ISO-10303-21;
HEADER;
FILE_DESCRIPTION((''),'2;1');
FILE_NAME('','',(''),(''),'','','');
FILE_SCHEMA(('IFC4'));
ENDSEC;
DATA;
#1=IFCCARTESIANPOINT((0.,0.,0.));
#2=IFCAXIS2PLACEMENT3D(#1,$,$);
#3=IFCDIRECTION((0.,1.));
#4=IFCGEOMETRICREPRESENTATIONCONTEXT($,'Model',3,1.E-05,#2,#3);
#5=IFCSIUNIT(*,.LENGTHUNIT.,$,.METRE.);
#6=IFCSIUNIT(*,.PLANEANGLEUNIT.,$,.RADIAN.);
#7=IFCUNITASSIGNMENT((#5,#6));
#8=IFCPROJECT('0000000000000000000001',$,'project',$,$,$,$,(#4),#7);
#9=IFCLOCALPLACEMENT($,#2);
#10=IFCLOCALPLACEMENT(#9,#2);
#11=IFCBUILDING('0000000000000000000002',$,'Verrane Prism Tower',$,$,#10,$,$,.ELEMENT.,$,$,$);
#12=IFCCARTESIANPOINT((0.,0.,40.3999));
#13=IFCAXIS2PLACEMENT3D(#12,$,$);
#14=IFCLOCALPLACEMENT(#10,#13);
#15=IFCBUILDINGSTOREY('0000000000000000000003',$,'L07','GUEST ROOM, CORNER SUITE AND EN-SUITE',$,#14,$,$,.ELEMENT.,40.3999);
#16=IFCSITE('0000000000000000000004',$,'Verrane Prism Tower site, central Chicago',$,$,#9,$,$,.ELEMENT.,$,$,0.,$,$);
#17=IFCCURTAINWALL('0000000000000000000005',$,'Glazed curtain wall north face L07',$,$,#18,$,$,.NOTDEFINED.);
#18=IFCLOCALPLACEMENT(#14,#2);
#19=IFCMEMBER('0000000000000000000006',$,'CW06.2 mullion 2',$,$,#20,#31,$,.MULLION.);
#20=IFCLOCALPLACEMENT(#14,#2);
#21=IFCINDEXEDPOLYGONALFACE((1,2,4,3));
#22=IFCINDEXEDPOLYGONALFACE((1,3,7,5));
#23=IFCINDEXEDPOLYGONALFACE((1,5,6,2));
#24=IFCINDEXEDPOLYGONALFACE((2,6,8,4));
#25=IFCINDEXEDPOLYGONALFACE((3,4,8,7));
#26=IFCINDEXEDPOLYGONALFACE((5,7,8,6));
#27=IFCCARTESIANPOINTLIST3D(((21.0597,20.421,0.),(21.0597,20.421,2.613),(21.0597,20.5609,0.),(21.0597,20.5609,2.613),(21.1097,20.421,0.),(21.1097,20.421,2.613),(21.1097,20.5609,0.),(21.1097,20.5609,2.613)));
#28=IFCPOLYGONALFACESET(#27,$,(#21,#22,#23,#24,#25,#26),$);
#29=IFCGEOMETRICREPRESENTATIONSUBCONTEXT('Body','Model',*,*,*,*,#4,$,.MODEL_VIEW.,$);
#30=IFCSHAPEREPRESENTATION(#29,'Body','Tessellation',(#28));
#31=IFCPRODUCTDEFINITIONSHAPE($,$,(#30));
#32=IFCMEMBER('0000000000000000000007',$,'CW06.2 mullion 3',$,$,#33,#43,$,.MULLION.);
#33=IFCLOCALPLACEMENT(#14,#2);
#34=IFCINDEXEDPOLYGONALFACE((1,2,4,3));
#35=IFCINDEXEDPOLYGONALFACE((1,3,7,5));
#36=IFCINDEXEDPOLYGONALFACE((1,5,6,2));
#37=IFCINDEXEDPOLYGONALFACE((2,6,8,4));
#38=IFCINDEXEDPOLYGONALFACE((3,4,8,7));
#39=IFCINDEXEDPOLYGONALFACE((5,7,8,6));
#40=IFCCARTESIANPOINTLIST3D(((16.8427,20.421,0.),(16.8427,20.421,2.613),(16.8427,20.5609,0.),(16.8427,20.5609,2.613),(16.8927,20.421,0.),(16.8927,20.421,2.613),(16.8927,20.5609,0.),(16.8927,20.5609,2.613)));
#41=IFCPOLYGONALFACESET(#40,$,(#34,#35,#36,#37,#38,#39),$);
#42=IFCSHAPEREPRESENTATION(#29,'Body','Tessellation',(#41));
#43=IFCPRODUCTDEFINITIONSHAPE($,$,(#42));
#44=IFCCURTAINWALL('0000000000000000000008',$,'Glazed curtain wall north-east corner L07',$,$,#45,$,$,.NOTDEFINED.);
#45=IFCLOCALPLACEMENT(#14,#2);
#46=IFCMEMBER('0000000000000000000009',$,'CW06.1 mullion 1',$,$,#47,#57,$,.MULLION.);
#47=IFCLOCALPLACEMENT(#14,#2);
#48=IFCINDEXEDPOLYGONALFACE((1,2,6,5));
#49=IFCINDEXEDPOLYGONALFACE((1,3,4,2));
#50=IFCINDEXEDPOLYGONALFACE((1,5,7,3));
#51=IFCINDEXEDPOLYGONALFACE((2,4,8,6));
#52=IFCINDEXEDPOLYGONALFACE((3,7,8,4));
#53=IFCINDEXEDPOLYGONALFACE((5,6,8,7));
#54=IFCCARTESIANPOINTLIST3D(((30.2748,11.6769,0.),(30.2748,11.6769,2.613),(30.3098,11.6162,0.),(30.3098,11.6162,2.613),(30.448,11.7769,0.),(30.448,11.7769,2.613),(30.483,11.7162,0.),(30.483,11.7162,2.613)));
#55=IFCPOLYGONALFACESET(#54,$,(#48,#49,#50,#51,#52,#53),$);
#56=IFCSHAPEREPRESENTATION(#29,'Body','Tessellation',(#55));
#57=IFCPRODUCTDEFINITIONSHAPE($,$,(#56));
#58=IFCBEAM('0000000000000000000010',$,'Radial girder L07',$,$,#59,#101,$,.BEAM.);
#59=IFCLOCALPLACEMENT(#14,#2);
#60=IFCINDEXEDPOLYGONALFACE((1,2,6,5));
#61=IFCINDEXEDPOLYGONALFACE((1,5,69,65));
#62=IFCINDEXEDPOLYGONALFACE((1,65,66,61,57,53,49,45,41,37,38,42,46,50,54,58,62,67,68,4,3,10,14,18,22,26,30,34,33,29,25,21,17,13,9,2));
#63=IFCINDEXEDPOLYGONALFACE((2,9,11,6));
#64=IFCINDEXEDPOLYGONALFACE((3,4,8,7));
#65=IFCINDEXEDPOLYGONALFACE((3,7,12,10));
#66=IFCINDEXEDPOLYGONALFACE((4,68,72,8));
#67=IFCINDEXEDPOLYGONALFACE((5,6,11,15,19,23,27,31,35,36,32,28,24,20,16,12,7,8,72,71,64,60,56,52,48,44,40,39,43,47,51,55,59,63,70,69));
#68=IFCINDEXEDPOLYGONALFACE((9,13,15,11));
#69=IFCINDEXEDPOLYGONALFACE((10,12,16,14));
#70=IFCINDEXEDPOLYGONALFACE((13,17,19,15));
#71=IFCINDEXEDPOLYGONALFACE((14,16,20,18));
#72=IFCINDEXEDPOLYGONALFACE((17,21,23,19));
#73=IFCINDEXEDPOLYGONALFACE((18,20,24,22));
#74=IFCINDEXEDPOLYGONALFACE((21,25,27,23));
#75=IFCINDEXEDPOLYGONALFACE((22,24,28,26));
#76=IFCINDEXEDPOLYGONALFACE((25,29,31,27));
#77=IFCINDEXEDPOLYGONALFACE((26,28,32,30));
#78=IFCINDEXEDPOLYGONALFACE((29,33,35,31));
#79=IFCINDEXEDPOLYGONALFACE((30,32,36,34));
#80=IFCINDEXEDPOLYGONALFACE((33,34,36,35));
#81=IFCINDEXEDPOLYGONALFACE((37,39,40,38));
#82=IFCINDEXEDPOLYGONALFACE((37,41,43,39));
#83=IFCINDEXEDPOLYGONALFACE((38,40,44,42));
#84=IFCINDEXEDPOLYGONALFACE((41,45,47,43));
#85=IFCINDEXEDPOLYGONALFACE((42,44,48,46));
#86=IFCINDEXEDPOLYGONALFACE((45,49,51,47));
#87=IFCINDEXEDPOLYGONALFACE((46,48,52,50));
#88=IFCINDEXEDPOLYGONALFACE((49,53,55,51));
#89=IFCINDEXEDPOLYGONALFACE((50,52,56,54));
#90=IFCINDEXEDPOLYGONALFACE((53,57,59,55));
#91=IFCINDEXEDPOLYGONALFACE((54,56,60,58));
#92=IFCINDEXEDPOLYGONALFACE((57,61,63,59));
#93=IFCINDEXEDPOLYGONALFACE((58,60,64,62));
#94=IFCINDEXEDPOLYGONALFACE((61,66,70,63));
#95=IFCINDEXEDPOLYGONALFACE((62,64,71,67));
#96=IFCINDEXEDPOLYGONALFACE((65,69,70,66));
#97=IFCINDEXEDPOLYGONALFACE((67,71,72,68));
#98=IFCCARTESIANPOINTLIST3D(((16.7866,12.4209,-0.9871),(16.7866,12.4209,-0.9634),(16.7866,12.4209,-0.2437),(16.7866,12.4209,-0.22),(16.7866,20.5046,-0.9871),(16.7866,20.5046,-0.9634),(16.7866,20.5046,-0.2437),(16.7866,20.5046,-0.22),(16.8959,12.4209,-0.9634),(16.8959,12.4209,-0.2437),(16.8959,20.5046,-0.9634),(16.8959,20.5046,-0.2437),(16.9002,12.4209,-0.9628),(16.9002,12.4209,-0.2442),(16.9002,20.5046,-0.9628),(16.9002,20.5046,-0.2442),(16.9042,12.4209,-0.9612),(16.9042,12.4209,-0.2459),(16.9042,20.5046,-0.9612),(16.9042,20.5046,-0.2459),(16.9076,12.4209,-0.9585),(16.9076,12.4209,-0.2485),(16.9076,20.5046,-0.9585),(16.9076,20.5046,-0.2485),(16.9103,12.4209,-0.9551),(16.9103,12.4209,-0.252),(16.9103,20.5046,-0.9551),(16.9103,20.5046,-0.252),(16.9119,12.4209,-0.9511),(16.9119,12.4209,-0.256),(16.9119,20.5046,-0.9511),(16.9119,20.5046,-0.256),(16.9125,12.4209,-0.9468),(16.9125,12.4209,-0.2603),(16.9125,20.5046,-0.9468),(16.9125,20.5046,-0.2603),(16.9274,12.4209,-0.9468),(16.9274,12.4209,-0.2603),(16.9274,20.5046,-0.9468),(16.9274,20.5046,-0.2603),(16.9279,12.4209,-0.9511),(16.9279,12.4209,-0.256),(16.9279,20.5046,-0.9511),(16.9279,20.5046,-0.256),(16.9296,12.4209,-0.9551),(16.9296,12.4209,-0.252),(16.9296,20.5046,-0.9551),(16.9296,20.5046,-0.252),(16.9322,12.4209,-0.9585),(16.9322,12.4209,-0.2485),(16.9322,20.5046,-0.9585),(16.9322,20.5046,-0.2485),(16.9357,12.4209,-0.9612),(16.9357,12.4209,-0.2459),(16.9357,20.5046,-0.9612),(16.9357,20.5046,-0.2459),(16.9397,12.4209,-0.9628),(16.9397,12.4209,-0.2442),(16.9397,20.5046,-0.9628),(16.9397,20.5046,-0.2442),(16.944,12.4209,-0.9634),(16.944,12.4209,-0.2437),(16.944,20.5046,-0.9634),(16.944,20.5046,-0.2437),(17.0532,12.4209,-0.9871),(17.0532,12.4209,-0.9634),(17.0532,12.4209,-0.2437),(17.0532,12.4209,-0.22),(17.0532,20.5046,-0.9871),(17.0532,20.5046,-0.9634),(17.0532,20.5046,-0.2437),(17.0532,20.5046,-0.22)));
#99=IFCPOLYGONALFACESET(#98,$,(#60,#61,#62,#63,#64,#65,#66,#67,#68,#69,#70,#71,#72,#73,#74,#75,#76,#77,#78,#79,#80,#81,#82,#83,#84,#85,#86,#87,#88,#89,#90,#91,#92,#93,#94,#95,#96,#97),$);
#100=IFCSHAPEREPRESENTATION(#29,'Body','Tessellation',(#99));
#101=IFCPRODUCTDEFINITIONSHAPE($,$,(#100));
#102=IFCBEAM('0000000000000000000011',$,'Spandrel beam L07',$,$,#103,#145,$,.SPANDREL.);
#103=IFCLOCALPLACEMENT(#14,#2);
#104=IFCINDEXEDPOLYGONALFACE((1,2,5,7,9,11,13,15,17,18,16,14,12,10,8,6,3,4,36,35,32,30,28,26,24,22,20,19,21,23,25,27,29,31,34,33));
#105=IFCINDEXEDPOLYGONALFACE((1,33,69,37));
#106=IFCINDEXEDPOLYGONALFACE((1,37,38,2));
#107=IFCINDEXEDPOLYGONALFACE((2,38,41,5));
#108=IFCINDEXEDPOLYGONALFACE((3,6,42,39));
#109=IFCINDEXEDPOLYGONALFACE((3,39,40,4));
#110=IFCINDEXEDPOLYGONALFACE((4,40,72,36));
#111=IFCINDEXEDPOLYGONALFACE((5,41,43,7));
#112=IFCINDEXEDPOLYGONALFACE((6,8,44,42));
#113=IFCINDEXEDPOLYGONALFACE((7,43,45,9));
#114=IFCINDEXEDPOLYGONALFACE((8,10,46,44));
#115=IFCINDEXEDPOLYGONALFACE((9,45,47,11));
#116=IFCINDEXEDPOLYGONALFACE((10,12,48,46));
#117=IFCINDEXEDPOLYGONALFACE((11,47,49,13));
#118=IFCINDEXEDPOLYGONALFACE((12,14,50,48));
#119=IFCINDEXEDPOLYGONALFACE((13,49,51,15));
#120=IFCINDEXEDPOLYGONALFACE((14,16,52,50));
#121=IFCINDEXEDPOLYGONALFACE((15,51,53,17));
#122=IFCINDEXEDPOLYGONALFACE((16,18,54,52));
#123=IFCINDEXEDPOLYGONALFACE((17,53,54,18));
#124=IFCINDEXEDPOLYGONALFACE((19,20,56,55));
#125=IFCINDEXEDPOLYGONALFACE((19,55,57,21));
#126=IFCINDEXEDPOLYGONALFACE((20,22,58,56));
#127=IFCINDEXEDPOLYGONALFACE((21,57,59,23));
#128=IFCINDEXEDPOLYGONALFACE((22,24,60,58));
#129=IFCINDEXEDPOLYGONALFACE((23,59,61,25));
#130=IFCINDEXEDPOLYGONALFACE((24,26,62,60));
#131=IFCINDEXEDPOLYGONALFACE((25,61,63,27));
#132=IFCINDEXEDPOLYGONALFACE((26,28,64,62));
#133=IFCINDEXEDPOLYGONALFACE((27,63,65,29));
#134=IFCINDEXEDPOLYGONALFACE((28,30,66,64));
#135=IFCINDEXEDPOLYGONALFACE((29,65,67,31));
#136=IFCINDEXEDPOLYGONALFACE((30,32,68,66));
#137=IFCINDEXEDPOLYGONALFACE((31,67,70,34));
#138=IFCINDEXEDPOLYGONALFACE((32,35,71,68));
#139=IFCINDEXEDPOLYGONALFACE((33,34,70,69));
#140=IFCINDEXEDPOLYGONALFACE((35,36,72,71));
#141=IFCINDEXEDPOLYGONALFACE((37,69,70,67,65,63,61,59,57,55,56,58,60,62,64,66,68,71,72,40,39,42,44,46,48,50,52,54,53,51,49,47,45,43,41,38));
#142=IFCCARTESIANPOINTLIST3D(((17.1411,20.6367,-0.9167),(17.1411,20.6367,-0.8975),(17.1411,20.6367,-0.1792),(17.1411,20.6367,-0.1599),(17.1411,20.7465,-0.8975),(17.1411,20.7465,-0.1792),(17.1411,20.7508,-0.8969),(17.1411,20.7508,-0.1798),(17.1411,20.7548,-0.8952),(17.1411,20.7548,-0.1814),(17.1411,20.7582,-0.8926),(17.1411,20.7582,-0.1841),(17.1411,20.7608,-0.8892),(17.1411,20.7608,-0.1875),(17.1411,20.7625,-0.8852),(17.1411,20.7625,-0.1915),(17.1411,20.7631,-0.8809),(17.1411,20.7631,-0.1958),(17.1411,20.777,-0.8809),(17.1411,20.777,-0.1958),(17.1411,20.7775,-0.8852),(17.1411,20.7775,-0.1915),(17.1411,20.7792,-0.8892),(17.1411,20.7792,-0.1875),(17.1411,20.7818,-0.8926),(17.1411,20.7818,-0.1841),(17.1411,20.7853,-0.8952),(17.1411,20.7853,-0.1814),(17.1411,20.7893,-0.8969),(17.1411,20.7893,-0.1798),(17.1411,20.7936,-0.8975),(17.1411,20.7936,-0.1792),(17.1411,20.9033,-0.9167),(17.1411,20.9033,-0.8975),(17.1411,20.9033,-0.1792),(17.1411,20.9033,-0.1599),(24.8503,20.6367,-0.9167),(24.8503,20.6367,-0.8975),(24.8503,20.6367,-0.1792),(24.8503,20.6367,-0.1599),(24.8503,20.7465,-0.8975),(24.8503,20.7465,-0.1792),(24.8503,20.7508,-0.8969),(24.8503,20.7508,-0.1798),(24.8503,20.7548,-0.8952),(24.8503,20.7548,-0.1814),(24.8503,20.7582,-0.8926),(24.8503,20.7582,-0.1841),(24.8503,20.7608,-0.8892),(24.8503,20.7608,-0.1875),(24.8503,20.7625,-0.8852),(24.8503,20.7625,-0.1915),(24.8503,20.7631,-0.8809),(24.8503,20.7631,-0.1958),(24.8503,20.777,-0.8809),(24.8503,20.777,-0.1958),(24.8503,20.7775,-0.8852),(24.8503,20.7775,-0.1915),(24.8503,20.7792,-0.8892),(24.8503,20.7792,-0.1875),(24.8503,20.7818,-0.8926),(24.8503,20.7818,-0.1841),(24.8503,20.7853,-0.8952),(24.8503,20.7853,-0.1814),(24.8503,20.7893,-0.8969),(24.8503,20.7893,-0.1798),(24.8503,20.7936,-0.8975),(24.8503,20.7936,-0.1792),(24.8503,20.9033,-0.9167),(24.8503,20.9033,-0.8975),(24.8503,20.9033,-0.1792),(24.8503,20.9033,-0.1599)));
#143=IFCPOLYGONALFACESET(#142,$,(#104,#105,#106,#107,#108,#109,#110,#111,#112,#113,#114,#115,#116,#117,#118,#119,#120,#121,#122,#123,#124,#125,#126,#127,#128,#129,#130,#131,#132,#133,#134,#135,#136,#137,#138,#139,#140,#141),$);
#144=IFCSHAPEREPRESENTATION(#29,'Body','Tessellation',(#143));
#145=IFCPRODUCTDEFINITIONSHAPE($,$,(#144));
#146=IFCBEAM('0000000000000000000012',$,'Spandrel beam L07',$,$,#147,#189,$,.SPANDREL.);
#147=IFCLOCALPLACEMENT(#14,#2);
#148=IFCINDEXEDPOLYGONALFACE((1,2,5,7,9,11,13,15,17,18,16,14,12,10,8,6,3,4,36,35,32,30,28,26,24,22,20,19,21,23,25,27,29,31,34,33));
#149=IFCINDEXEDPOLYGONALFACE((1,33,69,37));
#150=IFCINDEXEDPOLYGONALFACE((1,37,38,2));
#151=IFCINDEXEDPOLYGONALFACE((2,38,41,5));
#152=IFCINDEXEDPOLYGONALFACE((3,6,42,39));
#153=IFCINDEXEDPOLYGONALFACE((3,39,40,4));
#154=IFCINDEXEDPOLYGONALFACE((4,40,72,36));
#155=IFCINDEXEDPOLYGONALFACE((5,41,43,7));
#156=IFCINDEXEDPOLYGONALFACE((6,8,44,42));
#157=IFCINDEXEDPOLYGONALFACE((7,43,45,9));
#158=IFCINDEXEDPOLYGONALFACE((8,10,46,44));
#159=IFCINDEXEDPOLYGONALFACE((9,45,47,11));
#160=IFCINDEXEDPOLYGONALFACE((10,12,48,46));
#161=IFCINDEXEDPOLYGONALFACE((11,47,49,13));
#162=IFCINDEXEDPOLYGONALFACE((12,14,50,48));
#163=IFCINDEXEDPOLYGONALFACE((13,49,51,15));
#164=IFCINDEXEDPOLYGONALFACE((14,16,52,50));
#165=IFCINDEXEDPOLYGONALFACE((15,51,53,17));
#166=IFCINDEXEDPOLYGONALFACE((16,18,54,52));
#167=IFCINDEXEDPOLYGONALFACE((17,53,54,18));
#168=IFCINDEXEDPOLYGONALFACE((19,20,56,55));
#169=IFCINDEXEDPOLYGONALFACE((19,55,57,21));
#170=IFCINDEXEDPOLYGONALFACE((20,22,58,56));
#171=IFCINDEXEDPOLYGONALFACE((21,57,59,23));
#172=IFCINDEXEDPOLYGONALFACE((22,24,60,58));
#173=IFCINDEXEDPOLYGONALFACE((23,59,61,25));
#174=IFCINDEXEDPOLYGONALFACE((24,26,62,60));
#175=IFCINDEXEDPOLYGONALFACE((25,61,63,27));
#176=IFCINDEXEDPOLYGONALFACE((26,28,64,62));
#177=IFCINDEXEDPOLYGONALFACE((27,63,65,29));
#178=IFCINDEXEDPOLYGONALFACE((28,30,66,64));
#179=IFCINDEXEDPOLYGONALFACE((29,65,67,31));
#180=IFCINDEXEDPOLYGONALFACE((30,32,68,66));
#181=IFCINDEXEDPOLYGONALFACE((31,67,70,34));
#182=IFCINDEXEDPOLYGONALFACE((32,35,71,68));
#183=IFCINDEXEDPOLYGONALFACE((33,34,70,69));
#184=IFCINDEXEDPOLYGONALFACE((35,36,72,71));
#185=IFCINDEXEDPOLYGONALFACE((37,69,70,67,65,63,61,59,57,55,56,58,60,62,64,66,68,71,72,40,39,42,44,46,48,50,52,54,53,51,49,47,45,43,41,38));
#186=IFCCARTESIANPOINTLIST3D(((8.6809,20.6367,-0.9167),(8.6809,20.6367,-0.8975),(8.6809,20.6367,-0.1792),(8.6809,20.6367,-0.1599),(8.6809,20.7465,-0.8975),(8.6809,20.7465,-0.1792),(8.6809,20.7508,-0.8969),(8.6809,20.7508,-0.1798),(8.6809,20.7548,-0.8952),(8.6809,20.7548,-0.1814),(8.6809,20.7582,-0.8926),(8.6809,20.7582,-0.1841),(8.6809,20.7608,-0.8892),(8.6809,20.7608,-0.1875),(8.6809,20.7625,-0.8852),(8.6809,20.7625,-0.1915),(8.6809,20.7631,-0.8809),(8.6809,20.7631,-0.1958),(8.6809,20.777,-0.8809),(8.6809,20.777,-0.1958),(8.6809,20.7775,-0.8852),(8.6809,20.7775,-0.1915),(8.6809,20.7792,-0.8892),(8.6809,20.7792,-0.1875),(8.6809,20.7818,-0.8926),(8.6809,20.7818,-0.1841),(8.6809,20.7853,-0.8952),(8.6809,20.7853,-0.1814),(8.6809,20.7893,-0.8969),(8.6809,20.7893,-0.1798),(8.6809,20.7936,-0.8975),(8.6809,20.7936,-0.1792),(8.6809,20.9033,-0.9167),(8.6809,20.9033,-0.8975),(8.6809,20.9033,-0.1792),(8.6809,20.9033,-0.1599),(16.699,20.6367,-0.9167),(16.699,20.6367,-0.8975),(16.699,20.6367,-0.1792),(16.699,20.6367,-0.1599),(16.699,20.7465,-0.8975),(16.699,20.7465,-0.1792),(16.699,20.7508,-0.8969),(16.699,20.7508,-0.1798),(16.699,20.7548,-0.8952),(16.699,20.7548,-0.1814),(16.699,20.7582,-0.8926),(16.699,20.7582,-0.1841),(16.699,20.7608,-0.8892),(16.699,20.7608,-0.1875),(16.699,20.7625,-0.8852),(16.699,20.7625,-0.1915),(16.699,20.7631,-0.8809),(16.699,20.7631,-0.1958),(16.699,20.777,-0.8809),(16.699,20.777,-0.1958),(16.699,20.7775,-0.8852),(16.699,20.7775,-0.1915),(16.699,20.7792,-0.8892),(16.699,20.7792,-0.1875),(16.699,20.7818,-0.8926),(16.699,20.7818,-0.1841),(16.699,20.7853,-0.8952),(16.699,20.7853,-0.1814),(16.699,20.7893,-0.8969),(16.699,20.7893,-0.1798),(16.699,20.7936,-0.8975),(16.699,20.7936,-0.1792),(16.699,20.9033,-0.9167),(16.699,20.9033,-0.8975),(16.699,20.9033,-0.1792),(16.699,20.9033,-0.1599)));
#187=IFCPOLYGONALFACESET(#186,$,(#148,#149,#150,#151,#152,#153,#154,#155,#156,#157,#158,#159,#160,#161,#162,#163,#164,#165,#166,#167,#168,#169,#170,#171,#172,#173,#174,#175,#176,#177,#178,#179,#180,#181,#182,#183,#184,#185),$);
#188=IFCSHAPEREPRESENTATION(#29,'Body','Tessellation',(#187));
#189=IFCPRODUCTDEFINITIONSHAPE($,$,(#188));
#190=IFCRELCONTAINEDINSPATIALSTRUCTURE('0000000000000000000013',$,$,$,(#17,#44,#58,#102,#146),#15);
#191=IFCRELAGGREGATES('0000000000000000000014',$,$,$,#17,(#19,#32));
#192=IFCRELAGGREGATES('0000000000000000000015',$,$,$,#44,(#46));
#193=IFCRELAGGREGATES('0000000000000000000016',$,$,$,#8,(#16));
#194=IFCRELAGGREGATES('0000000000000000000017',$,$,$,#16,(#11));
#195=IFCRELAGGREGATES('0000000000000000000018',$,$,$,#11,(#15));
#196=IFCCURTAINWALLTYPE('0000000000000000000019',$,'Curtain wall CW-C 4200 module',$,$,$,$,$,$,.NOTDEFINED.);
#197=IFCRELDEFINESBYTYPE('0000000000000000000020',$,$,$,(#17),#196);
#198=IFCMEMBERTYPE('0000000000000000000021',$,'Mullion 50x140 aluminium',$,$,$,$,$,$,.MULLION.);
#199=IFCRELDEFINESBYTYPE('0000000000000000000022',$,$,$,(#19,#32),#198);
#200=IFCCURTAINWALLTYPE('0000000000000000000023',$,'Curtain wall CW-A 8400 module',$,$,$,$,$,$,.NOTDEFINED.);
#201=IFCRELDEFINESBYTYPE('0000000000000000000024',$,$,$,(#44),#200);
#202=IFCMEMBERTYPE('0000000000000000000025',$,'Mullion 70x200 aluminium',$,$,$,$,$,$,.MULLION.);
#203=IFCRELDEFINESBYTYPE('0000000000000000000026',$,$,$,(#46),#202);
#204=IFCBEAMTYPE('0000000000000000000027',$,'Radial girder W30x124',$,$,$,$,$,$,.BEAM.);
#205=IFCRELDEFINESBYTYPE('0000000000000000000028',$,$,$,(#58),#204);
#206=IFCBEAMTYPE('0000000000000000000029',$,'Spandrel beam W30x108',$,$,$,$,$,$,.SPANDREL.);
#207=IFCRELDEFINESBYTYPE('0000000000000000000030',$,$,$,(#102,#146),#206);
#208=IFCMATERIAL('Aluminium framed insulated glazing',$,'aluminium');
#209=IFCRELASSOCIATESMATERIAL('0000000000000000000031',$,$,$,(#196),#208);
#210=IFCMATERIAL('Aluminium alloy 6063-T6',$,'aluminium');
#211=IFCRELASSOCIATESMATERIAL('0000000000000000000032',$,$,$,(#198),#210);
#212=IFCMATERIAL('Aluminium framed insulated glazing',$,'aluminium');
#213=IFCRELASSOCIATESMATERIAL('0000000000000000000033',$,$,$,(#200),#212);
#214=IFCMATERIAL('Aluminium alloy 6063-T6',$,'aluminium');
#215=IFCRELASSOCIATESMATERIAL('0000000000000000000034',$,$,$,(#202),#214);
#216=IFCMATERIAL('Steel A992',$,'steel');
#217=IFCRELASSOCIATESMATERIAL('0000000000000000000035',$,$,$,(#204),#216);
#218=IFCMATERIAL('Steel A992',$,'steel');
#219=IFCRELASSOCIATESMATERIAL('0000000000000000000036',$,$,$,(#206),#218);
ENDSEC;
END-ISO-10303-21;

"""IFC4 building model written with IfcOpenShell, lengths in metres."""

from ifc_helpers import new_model, si_unit, direction, frame, origin, origin_2d, place, context, subcontext, project, spatial, rectangle, i_section, extrude, material, material_profile, profile_set, type_object, element, aggregate, save


model = new_model("IFC4")

# Units and contexts
model_context = context("Model", 3, precision=1e-05, world=origin(), true_north=direction((0.0, 1.0)))
body_context = subcontext(model_context, "Body", "Model", "MODEL_VIEW")
ifc_project = project(units=[si_unit("LENGTHUNIT", "METRE"), si_unit("PLANEANGLEUNIT", "RADIAN")], contexts=[model_context])

# Site, building, storey
site_placement = place(None, origin())
site = spatial("IfcSite", under=ifc_project, at=site_placement, Name="Verrane Prism Tower site, central Chicago", CompositionType="ELEMENT", RefElevation=0.0)
building_placement = place(site_placement, origin())
building = spatial("IfcBuilding", under=site, at=building_placement, Name="Verrane Prism Tower", CompositionType="ELEMENT")
storey_placement = place(building_placement, frame((0.0, 0.0, 40.3999)))
storey = spatial("IfcBuildingStorey", under=building, at=storey_placement, Name="L07", Description="GUEST ROOM, CORNER SUITE AND EN-SUITE", CompositionType="ELEMENT", Elevation=40.3999)

# Curtain wall, members
ifc_material_1 = material(Name="Aluminium framed insulated glazing", Category="aluminium")
curtain_wall_type_1 = type_object("IfcCurtainWallType", Name="Curtain wall CW-C 4200 module", PredefinedType="NOTDEFINED", material=ifc_material_1)
curtain_wall_1_placement = place(storey_placement, origin())
curtain_wall_1 = element("IfcCurtainWall", 1, at=curtain_wall_1_placement, inside=storey, type_object=curtain_wall_type_1, Name="Glazed curtain wall north face L07", PredefinedType="NOTDEFINED")
ifc_material_2 = material(Name="Aluminium alloy 6063-T6", Category="aluminium")
ifc_material_profile_1 = material_profile(ifc_material_2, rectangle(XDim=0.1399, YDim=0.05, at=origin_2d()), Name="Mullion 50x140 aluminium")
ifc_profile_set_1 = profile_set([ifc_material_profile_1], Name="Aluminium alloy 6063-T6")
member_type_1 = type_object("IfcMemberType", Name="Mullion 50x140 aluminium", PredefinedType="MULLION", material=ifc_profile_set_1)
member_1_placement = place(storey_placement, frame((21.0847, 20.491, 0.0), z_axis=(0.0, 0.0, 1.0), x_axis=(0.0, -1.0, 0.0)))
member_1 = element("IfcMember", 2, at=member_1_placement, type_object=member_type_1, Name="CW06.2 mullion 2", PredefinedType="MULLION", context=body_context, shape_type="SweptSolid", body=[
    extrude(rectangle(XDim=0.1399, YDim=0.05, at=origin_2d()), origin(), (0.0, 0.0, 1.0), 2.613),
])
member_2_placement = place(storey_placement, frame((16.8677, 20.491, 0.0), z_axis=(0.0, 0.0, 1.0), x_axis=(0.0, -1.0, 0.0)))
member_2 = element("IfcMember", 3, at=member_2_placement, type_object=member_type_1, Name="CW06.2 mullion 3", PredefinedType="MULLION", context=body_context, shape_type="SweptSolid", body=[
    extrude(rectangle(XDim=0.1399, YDim=0.05, at=origin_2d()), origin(), (0.0, 0.0, 1.0), 2.613),
])

# Curtain wall, member
ifc_material_3 = material(Name="Aluminium framed insulated glazing", Category="aluminium")
curtain_wall_type_2 = type_object("IfcCurtainWallType", Name="Curtain wall CW-A 8400 module", PredefinedType="NOTDEFINED", material=ifc_material_3)
curtain_wall_2_placement = place(storey_placement, origin())
curtain_wall_2 = element("IfcCurtainWall", 4, at=curtain_wall_2_placement, inside=storey, type_object=curtain_wall_type_2, Name="Glazed curtain wall north-east corner L07", PredefinedType="NOTDEFINED")
ifc_material_4 = material(Name="Aluminium alloy 6063-T6", Category="aluminium")
ifc_material_profile_2 = material_profile(ifc_material_4, rectangle(XDim=0.2, YDim=0.0701, at=origin_2d()), Name="Mullion 70x200 aluminium")
ifc_profile_set_2 = profile_set([ifc_material_profile_2], Name="Aluminium alloy 6063-T6")
member_type_2 = type_object("IfcMemberType", Name="Mullion 70x200 aluminium", PredefinedType="MULLION", material=ifc_profile_set_2)
member_3_placement = place(storey_placement, frame((30.3789, 11.6965, 0.0), z_axis=(0.0, 0.0, 1.0), x_axis=(-0.866027, -0.499997, 0.0)))
member_3 = element("IfcMember", 5, at=member_3_placement, type_object=member_type_2, Name="CW06.1 mullion 1", PredefinedType="MULLION", context=body_context, shape_type="SweptSolid", body=[
    extrude(rectangle(XDim=0.2, YDim=0.0701, at=origin_2d()), origin(), (0.0, 0.0, 1.0), 2.613),
])

# Beams
ifc_material_5 = material(Name="Steel A992", Category="steel")
ifc_material_profile_3 = material_profile(ifc_material_5, i_section(OverallWidth=0.2666, OverallDepth=0.7671, WebThickness=0.0149, FlangeThickness=0.0237, FilletRadius=0.0166, at=origin_2d()), Name="W30x124")
ifc_profile_set_3 = profile_set([ifc_material_profile_3], Name="Steel A992")
beam_type_1 = type_object("IfcBeamType", Name="Radial girder W30x124", PredefinedType="BEAM", material=ifc_profile_set_3)
beam_1_placement = place(storey_placement, frame((16.9199, 20.5046, -0.6035), z_axis=(0.0, -1.0, 0.0), x_axis=(1.0, 0.0, 0.0)))
element("IfcBeam", 6, at=beam_1_placement, inside=storey, type_object=beam_type_1, Name="Radial girder L07", PredefinedType="BEAM", context=body_context, shape_type="SweptSolid", body=[
    extrude(i_section(OverallWidth=0.2666, OverallDepth=0.7671, WebThickness=0.0149, FlangeThickness=0.0237, FilletRadius=0.0166, at=origin_2d()), origin(), (0.0, 0.0, 1.0), 8.0837),
])
ifc_material_6 = material(Name="Steel A992", Category="steel")
ifc_material_profile_4 = material_profile(ifc_material_6, i_section(OverallWidth=0.2666, OverallDepth=0.7568, WebThickness=0.0139, FlangeThickness=0.0193, FilletRadius=0.0166, at=origin_2d()), Name="W30x108")
ifc_profile_set_4 = profile_set([ifc_material_profile_4], Name="Steel A992")
beam_type_2 = type_object("IfcBeamType", Name="Spandrel beam W30x108", PredefinedType="SPANDREL", material=ifc_profile_set_4)
beam_2_placement = place(storey_placement, frame((24.8503, 20.77, -0.5383), z_axis=(-1.0, 0.0, 0.0), x_axis=(0.0, -1.0, 0.0)))
element("IfcBeam", 7, at=beam_2_placement, inside=storey, type_object=beam_type_2, Name="Spandrel beam L07", PredefinedType="SPANDREL", context=body_context, shape_type="SweptSolid", body=[
    extrude(i_section(OverallWidth=0.2666, OverallDepth=0.7568, WebThickness=0.0139, FlangeThickness=0.0193, FilletRadius=0.0166, at=origin_2d()), origin(), (0.0, 0.0, 1.0), 7.7092),
])
beam_3_placement = place(storey_placement, frame((16.699, 20.77, -0.5383), z_axis=(-1.0, 0.0, 0.0), x_axis=(0.0, -1.0, 0.0)))
element("IfcBeam", 8, at=beam_3_placement, inside=storey, type_object=beam_type_2, Name="Spandrel beam L07", PredefinedType="SPANDREL", context=body_context, shape_type="SweptSolid", body=[
    extrude(i_section(OverallWidth=0.2666, OverallDepth=0.7568, WebThickness=0.0139, FlangeThickness=0.0193, FilletRadius=0.0166, at=origin_2d()), origin(), (0.0, 0.0, 1.0), 8.0181),
])

aggregate(curtain_wall_1, [member_1, member_2])
aggregate(curtain_wall_2, [member_3])

save(model, "model.ifc")
